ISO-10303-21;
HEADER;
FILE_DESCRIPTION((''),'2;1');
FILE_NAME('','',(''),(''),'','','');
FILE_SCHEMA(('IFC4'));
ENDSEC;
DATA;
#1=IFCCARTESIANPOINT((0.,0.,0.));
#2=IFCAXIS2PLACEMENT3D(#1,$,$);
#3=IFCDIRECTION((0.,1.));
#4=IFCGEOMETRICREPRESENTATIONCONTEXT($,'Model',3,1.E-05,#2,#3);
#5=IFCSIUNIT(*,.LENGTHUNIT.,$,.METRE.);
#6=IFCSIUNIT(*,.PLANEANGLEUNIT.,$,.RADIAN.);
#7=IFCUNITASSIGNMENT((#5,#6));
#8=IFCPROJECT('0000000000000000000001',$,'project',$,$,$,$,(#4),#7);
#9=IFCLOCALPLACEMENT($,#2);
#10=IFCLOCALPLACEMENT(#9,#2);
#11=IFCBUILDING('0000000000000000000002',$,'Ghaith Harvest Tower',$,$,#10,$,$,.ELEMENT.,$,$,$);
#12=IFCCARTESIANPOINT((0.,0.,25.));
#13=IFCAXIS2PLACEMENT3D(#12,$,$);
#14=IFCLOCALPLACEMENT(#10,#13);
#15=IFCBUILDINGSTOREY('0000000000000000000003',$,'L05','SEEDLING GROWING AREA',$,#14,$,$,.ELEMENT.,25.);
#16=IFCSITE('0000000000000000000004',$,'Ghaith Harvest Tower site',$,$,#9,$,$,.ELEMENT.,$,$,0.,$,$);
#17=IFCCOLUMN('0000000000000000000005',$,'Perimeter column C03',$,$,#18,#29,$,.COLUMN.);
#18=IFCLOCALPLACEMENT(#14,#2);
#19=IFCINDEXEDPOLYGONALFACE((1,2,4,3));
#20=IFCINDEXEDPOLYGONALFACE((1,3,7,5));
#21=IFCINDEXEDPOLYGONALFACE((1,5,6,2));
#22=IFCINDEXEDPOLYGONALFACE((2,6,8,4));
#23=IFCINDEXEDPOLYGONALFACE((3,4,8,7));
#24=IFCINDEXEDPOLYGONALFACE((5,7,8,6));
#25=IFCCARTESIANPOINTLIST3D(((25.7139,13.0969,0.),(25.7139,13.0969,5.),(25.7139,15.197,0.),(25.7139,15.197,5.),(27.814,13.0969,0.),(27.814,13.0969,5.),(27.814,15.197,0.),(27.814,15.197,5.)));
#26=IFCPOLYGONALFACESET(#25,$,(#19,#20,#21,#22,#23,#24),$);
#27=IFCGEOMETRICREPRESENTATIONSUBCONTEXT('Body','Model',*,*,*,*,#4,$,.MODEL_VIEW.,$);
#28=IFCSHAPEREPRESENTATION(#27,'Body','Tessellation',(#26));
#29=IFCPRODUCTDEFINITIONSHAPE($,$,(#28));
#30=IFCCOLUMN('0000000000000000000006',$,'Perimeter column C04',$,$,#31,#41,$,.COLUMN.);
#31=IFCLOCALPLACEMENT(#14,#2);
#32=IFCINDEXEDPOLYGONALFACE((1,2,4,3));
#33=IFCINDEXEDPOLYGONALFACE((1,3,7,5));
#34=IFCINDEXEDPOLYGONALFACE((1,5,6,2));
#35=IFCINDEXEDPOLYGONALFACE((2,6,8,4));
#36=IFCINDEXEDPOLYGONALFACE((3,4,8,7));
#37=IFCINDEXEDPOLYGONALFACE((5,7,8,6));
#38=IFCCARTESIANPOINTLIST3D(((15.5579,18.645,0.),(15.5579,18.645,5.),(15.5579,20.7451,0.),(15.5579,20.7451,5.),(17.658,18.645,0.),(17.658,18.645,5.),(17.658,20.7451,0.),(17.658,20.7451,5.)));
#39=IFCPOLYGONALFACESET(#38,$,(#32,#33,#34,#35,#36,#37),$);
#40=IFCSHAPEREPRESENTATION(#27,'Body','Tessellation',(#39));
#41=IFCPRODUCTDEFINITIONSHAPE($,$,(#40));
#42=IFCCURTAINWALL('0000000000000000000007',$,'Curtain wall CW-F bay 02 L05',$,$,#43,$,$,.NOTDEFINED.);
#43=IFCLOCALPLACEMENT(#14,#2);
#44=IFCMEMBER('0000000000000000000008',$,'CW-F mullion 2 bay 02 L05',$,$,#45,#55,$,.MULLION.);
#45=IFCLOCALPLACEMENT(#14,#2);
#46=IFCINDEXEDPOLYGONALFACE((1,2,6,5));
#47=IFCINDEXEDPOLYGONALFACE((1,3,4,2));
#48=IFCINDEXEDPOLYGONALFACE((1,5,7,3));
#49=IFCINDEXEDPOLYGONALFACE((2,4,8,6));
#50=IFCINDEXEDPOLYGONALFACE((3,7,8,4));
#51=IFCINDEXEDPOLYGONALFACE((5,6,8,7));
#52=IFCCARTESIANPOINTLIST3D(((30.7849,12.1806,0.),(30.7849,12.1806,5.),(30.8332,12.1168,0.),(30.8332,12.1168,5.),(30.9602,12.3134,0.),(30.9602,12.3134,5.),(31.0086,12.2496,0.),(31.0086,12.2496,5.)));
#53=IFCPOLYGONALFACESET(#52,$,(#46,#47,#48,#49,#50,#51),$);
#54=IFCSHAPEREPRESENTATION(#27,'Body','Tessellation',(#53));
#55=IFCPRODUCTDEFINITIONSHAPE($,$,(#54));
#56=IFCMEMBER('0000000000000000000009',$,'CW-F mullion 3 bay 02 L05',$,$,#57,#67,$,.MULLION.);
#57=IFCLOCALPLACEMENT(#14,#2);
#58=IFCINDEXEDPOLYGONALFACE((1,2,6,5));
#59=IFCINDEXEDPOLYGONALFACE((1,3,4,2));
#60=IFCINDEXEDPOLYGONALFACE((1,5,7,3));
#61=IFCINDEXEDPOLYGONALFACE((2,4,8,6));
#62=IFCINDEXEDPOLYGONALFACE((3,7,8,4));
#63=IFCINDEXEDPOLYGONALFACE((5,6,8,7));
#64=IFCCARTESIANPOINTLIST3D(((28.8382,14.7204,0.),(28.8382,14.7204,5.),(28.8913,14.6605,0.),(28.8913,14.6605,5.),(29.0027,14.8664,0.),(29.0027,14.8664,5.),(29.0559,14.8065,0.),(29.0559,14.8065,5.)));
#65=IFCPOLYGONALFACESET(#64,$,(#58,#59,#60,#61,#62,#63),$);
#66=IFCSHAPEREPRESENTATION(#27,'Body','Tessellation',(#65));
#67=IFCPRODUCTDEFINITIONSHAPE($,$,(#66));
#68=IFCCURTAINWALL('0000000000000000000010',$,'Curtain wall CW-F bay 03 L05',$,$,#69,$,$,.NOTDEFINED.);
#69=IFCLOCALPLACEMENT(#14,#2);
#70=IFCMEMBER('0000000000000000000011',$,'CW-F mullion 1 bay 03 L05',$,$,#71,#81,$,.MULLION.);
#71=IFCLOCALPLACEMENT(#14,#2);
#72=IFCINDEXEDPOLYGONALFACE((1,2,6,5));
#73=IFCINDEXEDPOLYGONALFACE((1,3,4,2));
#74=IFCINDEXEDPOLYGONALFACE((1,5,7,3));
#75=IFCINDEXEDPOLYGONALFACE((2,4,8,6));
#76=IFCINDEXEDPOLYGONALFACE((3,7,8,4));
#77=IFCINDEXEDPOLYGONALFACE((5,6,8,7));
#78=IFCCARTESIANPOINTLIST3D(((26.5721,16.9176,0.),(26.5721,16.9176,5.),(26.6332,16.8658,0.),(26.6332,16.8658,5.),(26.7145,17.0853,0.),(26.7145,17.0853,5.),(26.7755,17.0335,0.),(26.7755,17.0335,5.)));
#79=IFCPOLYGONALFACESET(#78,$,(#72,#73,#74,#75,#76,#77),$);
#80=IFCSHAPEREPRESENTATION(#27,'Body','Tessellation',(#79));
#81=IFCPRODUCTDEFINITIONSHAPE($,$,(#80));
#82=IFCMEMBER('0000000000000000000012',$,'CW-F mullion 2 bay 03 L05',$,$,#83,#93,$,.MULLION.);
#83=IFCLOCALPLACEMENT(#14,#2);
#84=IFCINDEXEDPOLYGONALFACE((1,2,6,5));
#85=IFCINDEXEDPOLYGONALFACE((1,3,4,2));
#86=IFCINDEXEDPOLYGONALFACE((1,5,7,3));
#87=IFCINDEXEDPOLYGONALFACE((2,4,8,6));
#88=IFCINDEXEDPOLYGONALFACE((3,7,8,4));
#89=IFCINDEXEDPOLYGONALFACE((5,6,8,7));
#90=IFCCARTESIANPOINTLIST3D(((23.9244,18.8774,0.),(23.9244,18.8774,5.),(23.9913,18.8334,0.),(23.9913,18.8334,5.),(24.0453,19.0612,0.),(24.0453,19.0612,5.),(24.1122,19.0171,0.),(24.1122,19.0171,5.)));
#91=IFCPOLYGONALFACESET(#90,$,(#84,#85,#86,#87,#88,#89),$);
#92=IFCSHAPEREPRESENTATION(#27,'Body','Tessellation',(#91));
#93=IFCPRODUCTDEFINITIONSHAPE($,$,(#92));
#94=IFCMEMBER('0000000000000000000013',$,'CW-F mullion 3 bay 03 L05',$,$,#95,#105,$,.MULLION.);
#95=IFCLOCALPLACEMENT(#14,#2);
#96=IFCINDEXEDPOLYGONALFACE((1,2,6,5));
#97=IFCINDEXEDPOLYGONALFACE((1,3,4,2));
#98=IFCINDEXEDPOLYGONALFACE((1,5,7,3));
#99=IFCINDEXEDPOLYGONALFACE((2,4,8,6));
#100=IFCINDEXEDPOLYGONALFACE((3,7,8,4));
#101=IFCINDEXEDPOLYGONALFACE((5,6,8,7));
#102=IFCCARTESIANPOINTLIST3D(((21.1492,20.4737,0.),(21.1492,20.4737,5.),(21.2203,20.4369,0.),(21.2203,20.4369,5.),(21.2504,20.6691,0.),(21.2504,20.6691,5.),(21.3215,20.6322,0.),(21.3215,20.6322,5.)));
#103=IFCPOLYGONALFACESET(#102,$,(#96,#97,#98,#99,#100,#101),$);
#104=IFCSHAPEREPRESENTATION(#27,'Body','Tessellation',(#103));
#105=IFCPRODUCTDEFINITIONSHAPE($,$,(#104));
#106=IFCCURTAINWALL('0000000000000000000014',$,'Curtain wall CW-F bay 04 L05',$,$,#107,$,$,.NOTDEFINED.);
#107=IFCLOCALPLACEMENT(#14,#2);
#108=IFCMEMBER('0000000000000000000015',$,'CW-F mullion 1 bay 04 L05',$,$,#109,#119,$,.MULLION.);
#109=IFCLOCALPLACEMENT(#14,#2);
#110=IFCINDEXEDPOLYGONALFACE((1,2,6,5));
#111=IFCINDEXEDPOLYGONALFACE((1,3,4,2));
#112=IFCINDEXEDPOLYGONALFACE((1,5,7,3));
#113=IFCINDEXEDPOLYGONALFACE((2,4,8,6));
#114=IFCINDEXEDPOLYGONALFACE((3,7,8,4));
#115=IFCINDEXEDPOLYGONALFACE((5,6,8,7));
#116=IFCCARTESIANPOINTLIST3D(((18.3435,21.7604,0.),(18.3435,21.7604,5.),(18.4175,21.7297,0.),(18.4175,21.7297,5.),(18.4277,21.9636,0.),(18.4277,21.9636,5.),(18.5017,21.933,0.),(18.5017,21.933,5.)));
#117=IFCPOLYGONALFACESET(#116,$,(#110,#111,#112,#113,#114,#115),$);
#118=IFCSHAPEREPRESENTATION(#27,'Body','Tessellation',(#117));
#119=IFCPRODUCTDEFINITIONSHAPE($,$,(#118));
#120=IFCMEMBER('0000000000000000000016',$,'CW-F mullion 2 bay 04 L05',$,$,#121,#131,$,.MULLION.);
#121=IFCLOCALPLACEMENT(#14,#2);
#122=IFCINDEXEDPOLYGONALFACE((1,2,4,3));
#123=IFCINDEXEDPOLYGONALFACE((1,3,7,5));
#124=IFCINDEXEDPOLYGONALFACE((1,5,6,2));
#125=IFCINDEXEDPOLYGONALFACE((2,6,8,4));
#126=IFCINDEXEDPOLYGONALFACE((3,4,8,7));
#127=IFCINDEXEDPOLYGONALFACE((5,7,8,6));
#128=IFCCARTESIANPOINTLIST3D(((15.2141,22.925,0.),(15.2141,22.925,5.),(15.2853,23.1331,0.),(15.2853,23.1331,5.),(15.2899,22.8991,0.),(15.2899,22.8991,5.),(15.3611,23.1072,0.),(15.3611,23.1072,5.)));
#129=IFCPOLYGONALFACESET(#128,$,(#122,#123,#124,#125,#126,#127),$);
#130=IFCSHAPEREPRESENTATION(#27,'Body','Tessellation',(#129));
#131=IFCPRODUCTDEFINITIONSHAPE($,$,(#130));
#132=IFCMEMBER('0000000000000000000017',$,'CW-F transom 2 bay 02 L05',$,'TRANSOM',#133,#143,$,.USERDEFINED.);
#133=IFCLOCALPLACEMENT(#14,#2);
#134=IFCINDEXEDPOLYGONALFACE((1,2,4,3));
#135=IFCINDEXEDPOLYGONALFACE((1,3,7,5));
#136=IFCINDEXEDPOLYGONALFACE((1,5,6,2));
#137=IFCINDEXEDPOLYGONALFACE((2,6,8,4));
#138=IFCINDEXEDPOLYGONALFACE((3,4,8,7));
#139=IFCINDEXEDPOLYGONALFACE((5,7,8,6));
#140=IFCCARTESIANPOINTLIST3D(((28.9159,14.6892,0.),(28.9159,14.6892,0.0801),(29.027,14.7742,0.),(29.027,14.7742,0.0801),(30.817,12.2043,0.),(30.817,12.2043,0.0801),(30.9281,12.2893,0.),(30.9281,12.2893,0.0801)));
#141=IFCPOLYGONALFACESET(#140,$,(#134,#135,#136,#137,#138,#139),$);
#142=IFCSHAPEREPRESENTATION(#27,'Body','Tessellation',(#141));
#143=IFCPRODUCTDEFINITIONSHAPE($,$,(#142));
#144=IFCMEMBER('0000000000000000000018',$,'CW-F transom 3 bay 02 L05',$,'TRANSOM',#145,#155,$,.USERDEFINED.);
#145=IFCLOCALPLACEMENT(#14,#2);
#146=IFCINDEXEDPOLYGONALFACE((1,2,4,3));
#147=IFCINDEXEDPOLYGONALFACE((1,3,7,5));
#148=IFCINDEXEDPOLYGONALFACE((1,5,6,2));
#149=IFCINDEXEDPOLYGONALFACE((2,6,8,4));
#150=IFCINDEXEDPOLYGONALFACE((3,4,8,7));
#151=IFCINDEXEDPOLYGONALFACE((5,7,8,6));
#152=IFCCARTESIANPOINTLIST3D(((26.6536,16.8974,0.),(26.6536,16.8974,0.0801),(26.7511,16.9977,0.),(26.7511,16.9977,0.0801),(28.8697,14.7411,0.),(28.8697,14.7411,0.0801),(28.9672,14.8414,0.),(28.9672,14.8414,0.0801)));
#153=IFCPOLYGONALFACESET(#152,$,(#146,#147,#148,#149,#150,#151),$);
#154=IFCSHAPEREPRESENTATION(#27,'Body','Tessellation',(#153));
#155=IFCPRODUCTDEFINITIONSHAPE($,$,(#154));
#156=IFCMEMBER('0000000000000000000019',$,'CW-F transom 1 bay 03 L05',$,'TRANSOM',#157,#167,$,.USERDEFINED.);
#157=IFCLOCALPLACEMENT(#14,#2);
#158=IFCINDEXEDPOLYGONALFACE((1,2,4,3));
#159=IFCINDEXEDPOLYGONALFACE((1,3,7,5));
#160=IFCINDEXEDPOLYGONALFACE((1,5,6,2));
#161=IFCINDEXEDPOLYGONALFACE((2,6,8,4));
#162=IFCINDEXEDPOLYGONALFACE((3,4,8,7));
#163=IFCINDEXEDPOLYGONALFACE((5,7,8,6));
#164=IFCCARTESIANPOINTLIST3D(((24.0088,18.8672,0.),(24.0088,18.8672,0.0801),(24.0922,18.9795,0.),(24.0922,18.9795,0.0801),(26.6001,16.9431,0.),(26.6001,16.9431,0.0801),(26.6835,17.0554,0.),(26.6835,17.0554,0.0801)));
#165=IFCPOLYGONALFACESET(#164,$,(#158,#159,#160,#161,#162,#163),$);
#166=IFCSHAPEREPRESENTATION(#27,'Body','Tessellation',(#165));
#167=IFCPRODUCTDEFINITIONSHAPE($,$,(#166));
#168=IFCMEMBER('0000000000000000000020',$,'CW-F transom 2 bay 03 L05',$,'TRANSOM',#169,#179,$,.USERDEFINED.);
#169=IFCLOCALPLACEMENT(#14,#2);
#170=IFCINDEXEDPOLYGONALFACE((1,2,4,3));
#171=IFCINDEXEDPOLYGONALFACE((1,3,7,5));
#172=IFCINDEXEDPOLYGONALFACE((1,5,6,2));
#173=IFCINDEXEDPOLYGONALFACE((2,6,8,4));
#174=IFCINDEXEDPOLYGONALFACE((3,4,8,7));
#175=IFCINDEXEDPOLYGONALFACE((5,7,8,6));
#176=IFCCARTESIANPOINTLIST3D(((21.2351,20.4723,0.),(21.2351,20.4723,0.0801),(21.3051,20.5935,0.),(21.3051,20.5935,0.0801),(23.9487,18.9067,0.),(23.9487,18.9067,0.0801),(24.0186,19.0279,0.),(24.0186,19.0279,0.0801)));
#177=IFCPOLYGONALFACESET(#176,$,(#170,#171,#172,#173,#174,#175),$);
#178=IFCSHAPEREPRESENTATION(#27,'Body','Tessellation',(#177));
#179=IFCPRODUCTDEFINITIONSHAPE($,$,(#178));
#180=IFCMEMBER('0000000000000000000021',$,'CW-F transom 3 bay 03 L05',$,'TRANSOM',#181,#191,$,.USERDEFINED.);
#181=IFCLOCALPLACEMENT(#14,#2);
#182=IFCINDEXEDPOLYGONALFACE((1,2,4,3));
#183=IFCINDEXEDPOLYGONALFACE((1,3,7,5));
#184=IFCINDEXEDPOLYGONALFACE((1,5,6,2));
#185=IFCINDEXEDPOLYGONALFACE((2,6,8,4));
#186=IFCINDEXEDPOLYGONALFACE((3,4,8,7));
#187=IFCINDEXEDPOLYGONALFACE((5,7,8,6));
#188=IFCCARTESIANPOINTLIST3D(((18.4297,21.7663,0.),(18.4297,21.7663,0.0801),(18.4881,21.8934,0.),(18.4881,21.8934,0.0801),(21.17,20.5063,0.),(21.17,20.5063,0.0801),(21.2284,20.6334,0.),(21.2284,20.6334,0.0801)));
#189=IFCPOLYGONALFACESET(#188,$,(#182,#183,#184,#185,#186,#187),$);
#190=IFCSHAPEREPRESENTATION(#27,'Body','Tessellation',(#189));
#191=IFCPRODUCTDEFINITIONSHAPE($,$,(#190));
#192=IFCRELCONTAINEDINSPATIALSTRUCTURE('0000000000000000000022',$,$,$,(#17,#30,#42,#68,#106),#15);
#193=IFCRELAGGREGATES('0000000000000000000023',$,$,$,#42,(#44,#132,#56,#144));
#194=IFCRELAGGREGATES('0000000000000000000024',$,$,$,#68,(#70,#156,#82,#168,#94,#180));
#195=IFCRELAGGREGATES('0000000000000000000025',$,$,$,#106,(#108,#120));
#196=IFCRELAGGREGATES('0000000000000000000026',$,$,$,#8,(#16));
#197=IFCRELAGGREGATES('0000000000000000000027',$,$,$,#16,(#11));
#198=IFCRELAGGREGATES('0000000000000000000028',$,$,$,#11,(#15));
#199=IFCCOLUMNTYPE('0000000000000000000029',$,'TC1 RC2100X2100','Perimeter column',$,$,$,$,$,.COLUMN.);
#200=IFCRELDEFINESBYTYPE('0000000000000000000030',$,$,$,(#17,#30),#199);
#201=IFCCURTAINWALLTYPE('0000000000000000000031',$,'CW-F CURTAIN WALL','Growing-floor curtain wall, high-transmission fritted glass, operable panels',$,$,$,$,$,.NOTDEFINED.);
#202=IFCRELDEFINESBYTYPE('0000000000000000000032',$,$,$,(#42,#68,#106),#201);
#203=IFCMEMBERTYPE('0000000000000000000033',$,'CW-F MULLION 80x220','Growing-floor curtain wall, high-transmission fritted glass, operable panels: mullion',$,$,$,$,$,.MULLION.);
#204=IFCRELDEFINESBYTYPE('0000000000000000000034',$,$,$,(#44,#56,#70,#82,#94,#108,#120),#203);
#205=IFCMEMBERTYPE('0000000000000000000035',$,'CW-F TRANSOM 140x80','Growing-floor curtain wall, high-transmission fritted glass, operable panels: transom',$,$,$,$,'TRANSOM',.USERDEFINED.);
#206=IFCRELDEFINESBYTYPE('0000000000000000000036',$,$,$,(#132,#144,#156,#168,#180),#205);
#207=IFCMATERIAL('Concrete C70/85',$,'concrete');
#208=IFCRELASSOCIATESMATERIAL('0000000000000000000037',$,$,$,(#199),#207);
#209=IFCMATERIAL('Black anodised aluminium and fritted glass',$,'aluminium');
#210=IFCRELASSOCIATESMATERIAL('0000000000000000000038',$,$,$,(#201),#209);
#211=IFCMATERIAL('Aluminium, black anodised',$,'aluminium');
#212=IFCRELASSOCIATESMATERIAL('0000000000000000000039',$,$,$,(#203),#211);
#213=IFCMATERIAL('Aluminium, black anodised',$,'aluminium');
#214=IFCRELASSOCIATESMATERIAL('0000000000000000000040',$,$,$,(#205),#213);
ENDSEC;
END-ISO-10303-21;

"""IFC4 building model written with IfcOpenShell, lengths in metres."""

from ifc_helpers import new_model, si_unit, direction, frame, origin, origin_2d, place, context, subcontext, project, spatial, rectangle, extrude, material, material_profile, profile_set, type_object, element, aggregate, save


model = new_model("IFC4")

# Units and contexts
model_context = context("Model", 3, precision=1e-05, world=origin(), true_north=direction((0.0, 1.0)))
body_context = subcontext(model_context, "Body", "Model", "MODEL_VIEW")
ifc_project = project(units=[si_unit("LENGTHUNIT", "METRE"), si_unit("PLANEANGLEUNIT", "RADIAN")], contexts=[model_context])

# Site, building, storey
site_placement = place(None, origin())
site = spatial("IfcSite", under=ifc_project, at=site_placement, Name="Ghaith Harvest Tower site", CompositionType="ELEMENT", RefElevation=0.0)
building_placement = place(site_placement, origin())
building = spatial("IfcBuilding", under=site, at=building_placement, Name="Ghaith Harvest Tower", CompositionType="ELEMENT")
storey_placement = place(building_placement, frame((0.0, 0.0, 25.0)))
storey = spatial("IfcBuildingStorey", under=building, at=storey_placement, Name="L05", Description="SEEDLING GROWING AREA", CompositionType="ELEMENT", Elevation=25.0)

# Columns
ifc_material_1 = material(Name="Concrete C70/85", Category="concrete")
ifc_material_profile_1 = material_profile(ifc_material_1, rectangle(XDim=2.1001, YDim=2.1001, at=origin_2d()), Name="RC2100X2100")
ifc_profile_set_1 = profile_set([ifc_material_profile_1], Name="Concrete C70/85")
column_type = type_object("IfcColumnType", Name="TC1 RC2100X2100", Description="Perimeter column", PredefinedType="COLUMN", material=ifc_profile_set_1)
for number, where, z_axis, x_axis, name in (
    (1, (26.7639, 14.147, 0.0), (0.0, 0.0, 1.0), (1.0, 0.0, 0.0), "Perimeter column C03"),
    (2, (16.6079, 19.6951, 0.0), (0.0, 0.0, 1.0), (1.0, 0.0, 0.0), "Perimeter column C04"),
):
    element("IfcColumn", number, at=place(storey_placement, frame(where, z_axis=z_axis, x_axis=x_axis)), inside=storey, type_object=column_type, Name=name, PredefinedType="COLUMN", context=body_context, shape_type="SweptSolid", body=[
        extrude(rectangle(XDim=2.1001, YDim=2.1001, at=origin_2d()), origin(), (0.0, 0.0, 1.0), 5.0),
    ])

# Curtain walls, members
ifc_material_2 = material(Name="Black anodised aluminium and fritted glass", Category="aluminium")
curtain_wall_type = type_object("IfcCurtainWallType", Name="CW-F CURTAIN WALL", Description="Growing-floor curtain wall, high-transmission fritted glass, operable panels", PredefinedType="NOTDEFINED", material=ifc_material_2)
curtain_wall_1_placement = place(storey_placement, origin())
curtain_wall_1 = element("IfcCurtainWall", 3, at=curtain_wall_1_placement, inside=storey, type_object=curtain_wall_type, Name="Curtain wall CW-F bay 02 L05", PredefinedType="NOTDEFINED")
ifc_material_3 = material(Name="Aluminium, black anodised", Category="aluminium")
ifc_material_profile_2 = material_profile(ifc_material_3, rectangle(XDim=0.0801, YDim=0.22, at=origin_2d()), Name="CW-F MULLION 80x220")
ifc_profile_set_2 = profile_set([ifc_material_profile_2], Name="Aluminium, black anodised")
member_type_1 = type_object("IfcMemberType", Name="CW-F MULLION 80x220", Description="Growing-floor curtain wall, high-transmission fritted glass, operable panels: mullion", PredefinedType="MULLION", material=ifc_profile_set_2)
member_1_placement = place(storey_placement, frame((30.8967, 12.2151, 0.0), z_axis=(0.0, 0.0, 1.0), x_axis=(-0.603948, 0.797023, 0.0)))
member_1 = element("IfcMember", 4, at=member_1_placement, type_object=member_type_1, Name="CW-F mullion 2 bay 02 L05", PredefinedType="MULLION", context=body_context, shape_type="SweptSolid", body=[
    extrude(rectangle(XDim=0.0801, YDim=0.22, at=origin_2d()), origin(), (0.0, 0.0, 1.0), 5.0),
])
member_2_placement = place(storey_placement, frame((28.947, 14.7634, 0.0), z_axis=(0.0, 0.0, 1.0), x_axis=(-0.663605, 0.748083, 0.0)))
member_2 = element("IfcMember", 5, at=member_2_placement, type_object=member_type_1, Name="CW-F mullion 3 bay 02 L05", PredefinedType="MULLION", context=body_context, shape_type="SweptSolid", body=[
    extrude(rectangle(XDim=0.0801, YDim=0.22, at=origin_2d()), origin(), (0.0, 0.0, 1.0), 5.0),
])
curtain_wall_2_placement = place(storey_placement, origin())
curtain_wall_2 = element("IfcCurtainWall", 6, at=curtain_wall_2_placement, inside=storey, type_object=curtain_wall_type, Name="Curtain wall CW-F bay 03 L05", PredefinedType="NOTDEFINED")
member_3_placement = place(storey_placement, frame((26.6738, 16.9756, 0.0), z_axis=(0.0, 0.0, 1.0), x_axis=(-0.762366, 0.647146, 0.0)))
member_3 = element("IfcMember", 7, at=member_3_placement, type_object=member_type_1, Name="CW-F mullion 1 bay 03 L05", PredefinedType="MULLION", context=body_context, shape_type="SweptSolid", body=[
    extrude(rectangle(XDim=0.0801, YDim=0.22, at=origin_2d()), origin(), (0.0, 0.0, 1.0), 5.0),
])
member_4_placement = place(storey_placement, frame((24.0183, 18.9473, 0.0), z_axis=(0.0, 0.0, 1.0), x_axis=(-0.835444, 0.549576, 0.0)))
member_4 = element("IfcMember", 8, at=member_4_placement, type_object=member_type_1, Name="CW-F mullion 2 bay 03 L05", PredefinedType="MULLION", context=body_context, shape_type="SweptSolid", body=[
    extrude(rectangle(XDim=0.0801, YDim=0.22, at=origin_2d()), origin(), (0.0, 0.0, 1.0), 5.0),
])
member_5_placement = place(storey_placement, frame((21.2354, 20.553, 0.0), z_axis=(0.0, 0.0, 1.0), x_axis=(-0.887897, 0.460043, 0.0)))
member_5 = element("IfcMember", 9, at=member_5_placement, type_object=member_type_1, Name="CW-F mullion 3 bay 03 L05", PredefinedType="MULLION", context=body_context, shape_type="SweptSolid", body=[
    extrude(rectangle(XDim=0.0801, YDim=0.22, at=origin_2d()), origin(), (0.0, 0.0, 1.0), 5.0),
])
curtain_wall_3_placement = place(storey_placement, origin())
curtain_wall_3 = element("IfcCurtainWall", 10, at=curtain_wall_3_placement, inside=storey, type_object=curtain_wall_type, Name="Curtain wall CW-F bay 04 L05", PredefinedType="NOTDEFINED")
member_6_placement = place(storey_placement, frame((18.4226, 21.8467, 0.0), z_axis=(0.0, 0.0, 1.0), x_axis=(-0.92391, 0.382609, 0.0)))
member_6 = element("IfcMember", 11, at=member_6_placement, type_object=member_type_1, Name="CW-F mullion 1 bay 04 L05", PredefinedType="MULLION", context=body_context, shape_type="SweptSolid", body=[
    extrude(rectangle(XDim=0.0801, YDim=0.22, at=origin_2d()), origin(), (0.0, 0.0, 1.0), 5.0),
])
member_7_placement = place(storey_placement, frame((15.2876, 23.0161, 0.0), z_axis=(0.0, 0.0, 1.0), x_axis=(-0.946121, 0.323813, 0.0)))
member_7 = element("IfcMember", 12, at=member_7_placement, type_object=member_type_1, Name="CW-F mullion 2 bay 04 L05", PredefinedType="MULLION", context=body_context, shape_type="SweptSolid", body=[
    extrude(rectangle(XDim=0.0801, YDim=0.22, at=origin_2d()), origin(), (0.0, 0.0, 1.0), 5.0),
])

# Members
ifc_material_4 = material(Name="Aluminium, black anodised", Category="aluminium")
ifc_material_profile_3 = material_profile(ifc_material_4, rectangle(XDim=0.1399, YDim=0.0801, at=origin_2d()), Name="CW-F TRANSOM 140x80")
ifc_profile_set_3 = profile_set([ifc_material_profile_3], Name="Aluminium, black anodised")
member_type_2 = type_object("IfcMemberType", Name="CW-F TRANSOM 140x80", Description="Growing-floor curtain wall, high-transmission fritted glass, operable panels: transom", ElementType="TRANSOM", PredefinedType="USERDEFINED", material=ifc_profile_set_3)
member_8_placement = place(storey_placement, frame((30.8726, 12.2468, 0.04), z_axis=(-0.607638, 0.794214, 0.0), x_axis=(-0.794214, -0.607638, 0.0)))
member_8 = element("IfcMember", 13, at=member_8_placement, type_object=member_type_2, Name="CW-F transom 2 bay 02 L05", ObjectType="TRANSOM", PredefinedType="USERDEFINED", context=body_context, shape_type="SweptSolid", body=[
    extrude(rectangle(XDim=0.1399, YDim=0.0801, at=origin_2d()), origin(), (0.0, 0.0, 1.0), 3.1287),
])
member_9_placement = place(storey_placement, frame((28.9185, 14.7913, 0.04), z_axis=(-0.716713, 0.697368, 0.0), x_axis=(-0.697368, -0.716713, 0.0)))
member_9 = element("IfcMember", 14, at=member_9_placement, type_object=member_type_2, Name="CW-F transom 3 bay 02 L05", ObjectType="TRANSOM", PredefinedType="USERDEFINED", context=body_context, shape_type="SweptSolid", body=[
    extrude(rectangle(XDim=0.1399, YDim=0.0801, at=origin_2d()), origin(), (0.0, 0.0, 1.0), 3.092),
])
member_10_placement = place(storey_placement, frame((26.6418, 16.9993, 0.04), z_axis=(-0.802877, 0.596144, 0.0), x_axis=(-0.596144, -0.802877, 0.0)))
member_10 = element("IfcMember", 15, at=member_10_placement, type_object=member_type_2, Name="CW-F transom 1 bay 03 L05", ObjectType="TRANSOM", PredefinedType="USERDEFINED", context=body_context, shape_type="SweptSolid", body=[
    extrude(rectangle(XDim=0.1399, YDim=0.0801, at=origin_2d()), origin(), (0.0, 0.0, 1.0), 3.2275),
])
member_11_placement = place(storey_placement, frame((23.9836, 18.9673, 0.04), z_axis=(-0.866169, 0.499752, 0.0), x_axis=(-0.499752, -0.866169, 0.0)))
member_11 = element("IfcMember", 16, at=member_11_placement, type_object=member_type_2, Name="CW-F transom 2 bay 03 L05", ObjectType="TRANSOM", PredefinedType="USERDEFINED", context=body_context, shape_type="SweptSolid", body=[
    extrude(rectangle(XDim=0.1399, YDim=0.0801, at=origin_2d()), origin(), (0.0, 0.0, 1.0), 3.1328),
])
member_12_placement = place(storey_placement, frame((21.1992, 20.5698, 0.04), z_axis=(-0.908553, 0.417769, 0.0), x_axis=(-0.417769, -0.908553, 0.0)))
member_12 = element("IfcMember", 17, at=member_12_placement, type_object=member_type_2, Name="CW-F transom 3 bay 03 L05", ObjectType="TRANSOM", PredefinedType="USERDEFINED", context=body_context, shape_type="SweptSolid", body=[
    extrude(rectangle(XDim=0.1399, YDim=0.0801, at=origin_2d()), origin(), (0.0, 0.0, 1.0), 3.0161),
])

aggregate(curtain_wall_1, [member_1, member_8, member_2, member_9])
aggregate(curtain_wall_2, [member_3, member_10, member_4, member_11, member_5, member_12])
aggregate(curtain_wall_3, [member_6, member_7])

save(model, "model.ifc")
